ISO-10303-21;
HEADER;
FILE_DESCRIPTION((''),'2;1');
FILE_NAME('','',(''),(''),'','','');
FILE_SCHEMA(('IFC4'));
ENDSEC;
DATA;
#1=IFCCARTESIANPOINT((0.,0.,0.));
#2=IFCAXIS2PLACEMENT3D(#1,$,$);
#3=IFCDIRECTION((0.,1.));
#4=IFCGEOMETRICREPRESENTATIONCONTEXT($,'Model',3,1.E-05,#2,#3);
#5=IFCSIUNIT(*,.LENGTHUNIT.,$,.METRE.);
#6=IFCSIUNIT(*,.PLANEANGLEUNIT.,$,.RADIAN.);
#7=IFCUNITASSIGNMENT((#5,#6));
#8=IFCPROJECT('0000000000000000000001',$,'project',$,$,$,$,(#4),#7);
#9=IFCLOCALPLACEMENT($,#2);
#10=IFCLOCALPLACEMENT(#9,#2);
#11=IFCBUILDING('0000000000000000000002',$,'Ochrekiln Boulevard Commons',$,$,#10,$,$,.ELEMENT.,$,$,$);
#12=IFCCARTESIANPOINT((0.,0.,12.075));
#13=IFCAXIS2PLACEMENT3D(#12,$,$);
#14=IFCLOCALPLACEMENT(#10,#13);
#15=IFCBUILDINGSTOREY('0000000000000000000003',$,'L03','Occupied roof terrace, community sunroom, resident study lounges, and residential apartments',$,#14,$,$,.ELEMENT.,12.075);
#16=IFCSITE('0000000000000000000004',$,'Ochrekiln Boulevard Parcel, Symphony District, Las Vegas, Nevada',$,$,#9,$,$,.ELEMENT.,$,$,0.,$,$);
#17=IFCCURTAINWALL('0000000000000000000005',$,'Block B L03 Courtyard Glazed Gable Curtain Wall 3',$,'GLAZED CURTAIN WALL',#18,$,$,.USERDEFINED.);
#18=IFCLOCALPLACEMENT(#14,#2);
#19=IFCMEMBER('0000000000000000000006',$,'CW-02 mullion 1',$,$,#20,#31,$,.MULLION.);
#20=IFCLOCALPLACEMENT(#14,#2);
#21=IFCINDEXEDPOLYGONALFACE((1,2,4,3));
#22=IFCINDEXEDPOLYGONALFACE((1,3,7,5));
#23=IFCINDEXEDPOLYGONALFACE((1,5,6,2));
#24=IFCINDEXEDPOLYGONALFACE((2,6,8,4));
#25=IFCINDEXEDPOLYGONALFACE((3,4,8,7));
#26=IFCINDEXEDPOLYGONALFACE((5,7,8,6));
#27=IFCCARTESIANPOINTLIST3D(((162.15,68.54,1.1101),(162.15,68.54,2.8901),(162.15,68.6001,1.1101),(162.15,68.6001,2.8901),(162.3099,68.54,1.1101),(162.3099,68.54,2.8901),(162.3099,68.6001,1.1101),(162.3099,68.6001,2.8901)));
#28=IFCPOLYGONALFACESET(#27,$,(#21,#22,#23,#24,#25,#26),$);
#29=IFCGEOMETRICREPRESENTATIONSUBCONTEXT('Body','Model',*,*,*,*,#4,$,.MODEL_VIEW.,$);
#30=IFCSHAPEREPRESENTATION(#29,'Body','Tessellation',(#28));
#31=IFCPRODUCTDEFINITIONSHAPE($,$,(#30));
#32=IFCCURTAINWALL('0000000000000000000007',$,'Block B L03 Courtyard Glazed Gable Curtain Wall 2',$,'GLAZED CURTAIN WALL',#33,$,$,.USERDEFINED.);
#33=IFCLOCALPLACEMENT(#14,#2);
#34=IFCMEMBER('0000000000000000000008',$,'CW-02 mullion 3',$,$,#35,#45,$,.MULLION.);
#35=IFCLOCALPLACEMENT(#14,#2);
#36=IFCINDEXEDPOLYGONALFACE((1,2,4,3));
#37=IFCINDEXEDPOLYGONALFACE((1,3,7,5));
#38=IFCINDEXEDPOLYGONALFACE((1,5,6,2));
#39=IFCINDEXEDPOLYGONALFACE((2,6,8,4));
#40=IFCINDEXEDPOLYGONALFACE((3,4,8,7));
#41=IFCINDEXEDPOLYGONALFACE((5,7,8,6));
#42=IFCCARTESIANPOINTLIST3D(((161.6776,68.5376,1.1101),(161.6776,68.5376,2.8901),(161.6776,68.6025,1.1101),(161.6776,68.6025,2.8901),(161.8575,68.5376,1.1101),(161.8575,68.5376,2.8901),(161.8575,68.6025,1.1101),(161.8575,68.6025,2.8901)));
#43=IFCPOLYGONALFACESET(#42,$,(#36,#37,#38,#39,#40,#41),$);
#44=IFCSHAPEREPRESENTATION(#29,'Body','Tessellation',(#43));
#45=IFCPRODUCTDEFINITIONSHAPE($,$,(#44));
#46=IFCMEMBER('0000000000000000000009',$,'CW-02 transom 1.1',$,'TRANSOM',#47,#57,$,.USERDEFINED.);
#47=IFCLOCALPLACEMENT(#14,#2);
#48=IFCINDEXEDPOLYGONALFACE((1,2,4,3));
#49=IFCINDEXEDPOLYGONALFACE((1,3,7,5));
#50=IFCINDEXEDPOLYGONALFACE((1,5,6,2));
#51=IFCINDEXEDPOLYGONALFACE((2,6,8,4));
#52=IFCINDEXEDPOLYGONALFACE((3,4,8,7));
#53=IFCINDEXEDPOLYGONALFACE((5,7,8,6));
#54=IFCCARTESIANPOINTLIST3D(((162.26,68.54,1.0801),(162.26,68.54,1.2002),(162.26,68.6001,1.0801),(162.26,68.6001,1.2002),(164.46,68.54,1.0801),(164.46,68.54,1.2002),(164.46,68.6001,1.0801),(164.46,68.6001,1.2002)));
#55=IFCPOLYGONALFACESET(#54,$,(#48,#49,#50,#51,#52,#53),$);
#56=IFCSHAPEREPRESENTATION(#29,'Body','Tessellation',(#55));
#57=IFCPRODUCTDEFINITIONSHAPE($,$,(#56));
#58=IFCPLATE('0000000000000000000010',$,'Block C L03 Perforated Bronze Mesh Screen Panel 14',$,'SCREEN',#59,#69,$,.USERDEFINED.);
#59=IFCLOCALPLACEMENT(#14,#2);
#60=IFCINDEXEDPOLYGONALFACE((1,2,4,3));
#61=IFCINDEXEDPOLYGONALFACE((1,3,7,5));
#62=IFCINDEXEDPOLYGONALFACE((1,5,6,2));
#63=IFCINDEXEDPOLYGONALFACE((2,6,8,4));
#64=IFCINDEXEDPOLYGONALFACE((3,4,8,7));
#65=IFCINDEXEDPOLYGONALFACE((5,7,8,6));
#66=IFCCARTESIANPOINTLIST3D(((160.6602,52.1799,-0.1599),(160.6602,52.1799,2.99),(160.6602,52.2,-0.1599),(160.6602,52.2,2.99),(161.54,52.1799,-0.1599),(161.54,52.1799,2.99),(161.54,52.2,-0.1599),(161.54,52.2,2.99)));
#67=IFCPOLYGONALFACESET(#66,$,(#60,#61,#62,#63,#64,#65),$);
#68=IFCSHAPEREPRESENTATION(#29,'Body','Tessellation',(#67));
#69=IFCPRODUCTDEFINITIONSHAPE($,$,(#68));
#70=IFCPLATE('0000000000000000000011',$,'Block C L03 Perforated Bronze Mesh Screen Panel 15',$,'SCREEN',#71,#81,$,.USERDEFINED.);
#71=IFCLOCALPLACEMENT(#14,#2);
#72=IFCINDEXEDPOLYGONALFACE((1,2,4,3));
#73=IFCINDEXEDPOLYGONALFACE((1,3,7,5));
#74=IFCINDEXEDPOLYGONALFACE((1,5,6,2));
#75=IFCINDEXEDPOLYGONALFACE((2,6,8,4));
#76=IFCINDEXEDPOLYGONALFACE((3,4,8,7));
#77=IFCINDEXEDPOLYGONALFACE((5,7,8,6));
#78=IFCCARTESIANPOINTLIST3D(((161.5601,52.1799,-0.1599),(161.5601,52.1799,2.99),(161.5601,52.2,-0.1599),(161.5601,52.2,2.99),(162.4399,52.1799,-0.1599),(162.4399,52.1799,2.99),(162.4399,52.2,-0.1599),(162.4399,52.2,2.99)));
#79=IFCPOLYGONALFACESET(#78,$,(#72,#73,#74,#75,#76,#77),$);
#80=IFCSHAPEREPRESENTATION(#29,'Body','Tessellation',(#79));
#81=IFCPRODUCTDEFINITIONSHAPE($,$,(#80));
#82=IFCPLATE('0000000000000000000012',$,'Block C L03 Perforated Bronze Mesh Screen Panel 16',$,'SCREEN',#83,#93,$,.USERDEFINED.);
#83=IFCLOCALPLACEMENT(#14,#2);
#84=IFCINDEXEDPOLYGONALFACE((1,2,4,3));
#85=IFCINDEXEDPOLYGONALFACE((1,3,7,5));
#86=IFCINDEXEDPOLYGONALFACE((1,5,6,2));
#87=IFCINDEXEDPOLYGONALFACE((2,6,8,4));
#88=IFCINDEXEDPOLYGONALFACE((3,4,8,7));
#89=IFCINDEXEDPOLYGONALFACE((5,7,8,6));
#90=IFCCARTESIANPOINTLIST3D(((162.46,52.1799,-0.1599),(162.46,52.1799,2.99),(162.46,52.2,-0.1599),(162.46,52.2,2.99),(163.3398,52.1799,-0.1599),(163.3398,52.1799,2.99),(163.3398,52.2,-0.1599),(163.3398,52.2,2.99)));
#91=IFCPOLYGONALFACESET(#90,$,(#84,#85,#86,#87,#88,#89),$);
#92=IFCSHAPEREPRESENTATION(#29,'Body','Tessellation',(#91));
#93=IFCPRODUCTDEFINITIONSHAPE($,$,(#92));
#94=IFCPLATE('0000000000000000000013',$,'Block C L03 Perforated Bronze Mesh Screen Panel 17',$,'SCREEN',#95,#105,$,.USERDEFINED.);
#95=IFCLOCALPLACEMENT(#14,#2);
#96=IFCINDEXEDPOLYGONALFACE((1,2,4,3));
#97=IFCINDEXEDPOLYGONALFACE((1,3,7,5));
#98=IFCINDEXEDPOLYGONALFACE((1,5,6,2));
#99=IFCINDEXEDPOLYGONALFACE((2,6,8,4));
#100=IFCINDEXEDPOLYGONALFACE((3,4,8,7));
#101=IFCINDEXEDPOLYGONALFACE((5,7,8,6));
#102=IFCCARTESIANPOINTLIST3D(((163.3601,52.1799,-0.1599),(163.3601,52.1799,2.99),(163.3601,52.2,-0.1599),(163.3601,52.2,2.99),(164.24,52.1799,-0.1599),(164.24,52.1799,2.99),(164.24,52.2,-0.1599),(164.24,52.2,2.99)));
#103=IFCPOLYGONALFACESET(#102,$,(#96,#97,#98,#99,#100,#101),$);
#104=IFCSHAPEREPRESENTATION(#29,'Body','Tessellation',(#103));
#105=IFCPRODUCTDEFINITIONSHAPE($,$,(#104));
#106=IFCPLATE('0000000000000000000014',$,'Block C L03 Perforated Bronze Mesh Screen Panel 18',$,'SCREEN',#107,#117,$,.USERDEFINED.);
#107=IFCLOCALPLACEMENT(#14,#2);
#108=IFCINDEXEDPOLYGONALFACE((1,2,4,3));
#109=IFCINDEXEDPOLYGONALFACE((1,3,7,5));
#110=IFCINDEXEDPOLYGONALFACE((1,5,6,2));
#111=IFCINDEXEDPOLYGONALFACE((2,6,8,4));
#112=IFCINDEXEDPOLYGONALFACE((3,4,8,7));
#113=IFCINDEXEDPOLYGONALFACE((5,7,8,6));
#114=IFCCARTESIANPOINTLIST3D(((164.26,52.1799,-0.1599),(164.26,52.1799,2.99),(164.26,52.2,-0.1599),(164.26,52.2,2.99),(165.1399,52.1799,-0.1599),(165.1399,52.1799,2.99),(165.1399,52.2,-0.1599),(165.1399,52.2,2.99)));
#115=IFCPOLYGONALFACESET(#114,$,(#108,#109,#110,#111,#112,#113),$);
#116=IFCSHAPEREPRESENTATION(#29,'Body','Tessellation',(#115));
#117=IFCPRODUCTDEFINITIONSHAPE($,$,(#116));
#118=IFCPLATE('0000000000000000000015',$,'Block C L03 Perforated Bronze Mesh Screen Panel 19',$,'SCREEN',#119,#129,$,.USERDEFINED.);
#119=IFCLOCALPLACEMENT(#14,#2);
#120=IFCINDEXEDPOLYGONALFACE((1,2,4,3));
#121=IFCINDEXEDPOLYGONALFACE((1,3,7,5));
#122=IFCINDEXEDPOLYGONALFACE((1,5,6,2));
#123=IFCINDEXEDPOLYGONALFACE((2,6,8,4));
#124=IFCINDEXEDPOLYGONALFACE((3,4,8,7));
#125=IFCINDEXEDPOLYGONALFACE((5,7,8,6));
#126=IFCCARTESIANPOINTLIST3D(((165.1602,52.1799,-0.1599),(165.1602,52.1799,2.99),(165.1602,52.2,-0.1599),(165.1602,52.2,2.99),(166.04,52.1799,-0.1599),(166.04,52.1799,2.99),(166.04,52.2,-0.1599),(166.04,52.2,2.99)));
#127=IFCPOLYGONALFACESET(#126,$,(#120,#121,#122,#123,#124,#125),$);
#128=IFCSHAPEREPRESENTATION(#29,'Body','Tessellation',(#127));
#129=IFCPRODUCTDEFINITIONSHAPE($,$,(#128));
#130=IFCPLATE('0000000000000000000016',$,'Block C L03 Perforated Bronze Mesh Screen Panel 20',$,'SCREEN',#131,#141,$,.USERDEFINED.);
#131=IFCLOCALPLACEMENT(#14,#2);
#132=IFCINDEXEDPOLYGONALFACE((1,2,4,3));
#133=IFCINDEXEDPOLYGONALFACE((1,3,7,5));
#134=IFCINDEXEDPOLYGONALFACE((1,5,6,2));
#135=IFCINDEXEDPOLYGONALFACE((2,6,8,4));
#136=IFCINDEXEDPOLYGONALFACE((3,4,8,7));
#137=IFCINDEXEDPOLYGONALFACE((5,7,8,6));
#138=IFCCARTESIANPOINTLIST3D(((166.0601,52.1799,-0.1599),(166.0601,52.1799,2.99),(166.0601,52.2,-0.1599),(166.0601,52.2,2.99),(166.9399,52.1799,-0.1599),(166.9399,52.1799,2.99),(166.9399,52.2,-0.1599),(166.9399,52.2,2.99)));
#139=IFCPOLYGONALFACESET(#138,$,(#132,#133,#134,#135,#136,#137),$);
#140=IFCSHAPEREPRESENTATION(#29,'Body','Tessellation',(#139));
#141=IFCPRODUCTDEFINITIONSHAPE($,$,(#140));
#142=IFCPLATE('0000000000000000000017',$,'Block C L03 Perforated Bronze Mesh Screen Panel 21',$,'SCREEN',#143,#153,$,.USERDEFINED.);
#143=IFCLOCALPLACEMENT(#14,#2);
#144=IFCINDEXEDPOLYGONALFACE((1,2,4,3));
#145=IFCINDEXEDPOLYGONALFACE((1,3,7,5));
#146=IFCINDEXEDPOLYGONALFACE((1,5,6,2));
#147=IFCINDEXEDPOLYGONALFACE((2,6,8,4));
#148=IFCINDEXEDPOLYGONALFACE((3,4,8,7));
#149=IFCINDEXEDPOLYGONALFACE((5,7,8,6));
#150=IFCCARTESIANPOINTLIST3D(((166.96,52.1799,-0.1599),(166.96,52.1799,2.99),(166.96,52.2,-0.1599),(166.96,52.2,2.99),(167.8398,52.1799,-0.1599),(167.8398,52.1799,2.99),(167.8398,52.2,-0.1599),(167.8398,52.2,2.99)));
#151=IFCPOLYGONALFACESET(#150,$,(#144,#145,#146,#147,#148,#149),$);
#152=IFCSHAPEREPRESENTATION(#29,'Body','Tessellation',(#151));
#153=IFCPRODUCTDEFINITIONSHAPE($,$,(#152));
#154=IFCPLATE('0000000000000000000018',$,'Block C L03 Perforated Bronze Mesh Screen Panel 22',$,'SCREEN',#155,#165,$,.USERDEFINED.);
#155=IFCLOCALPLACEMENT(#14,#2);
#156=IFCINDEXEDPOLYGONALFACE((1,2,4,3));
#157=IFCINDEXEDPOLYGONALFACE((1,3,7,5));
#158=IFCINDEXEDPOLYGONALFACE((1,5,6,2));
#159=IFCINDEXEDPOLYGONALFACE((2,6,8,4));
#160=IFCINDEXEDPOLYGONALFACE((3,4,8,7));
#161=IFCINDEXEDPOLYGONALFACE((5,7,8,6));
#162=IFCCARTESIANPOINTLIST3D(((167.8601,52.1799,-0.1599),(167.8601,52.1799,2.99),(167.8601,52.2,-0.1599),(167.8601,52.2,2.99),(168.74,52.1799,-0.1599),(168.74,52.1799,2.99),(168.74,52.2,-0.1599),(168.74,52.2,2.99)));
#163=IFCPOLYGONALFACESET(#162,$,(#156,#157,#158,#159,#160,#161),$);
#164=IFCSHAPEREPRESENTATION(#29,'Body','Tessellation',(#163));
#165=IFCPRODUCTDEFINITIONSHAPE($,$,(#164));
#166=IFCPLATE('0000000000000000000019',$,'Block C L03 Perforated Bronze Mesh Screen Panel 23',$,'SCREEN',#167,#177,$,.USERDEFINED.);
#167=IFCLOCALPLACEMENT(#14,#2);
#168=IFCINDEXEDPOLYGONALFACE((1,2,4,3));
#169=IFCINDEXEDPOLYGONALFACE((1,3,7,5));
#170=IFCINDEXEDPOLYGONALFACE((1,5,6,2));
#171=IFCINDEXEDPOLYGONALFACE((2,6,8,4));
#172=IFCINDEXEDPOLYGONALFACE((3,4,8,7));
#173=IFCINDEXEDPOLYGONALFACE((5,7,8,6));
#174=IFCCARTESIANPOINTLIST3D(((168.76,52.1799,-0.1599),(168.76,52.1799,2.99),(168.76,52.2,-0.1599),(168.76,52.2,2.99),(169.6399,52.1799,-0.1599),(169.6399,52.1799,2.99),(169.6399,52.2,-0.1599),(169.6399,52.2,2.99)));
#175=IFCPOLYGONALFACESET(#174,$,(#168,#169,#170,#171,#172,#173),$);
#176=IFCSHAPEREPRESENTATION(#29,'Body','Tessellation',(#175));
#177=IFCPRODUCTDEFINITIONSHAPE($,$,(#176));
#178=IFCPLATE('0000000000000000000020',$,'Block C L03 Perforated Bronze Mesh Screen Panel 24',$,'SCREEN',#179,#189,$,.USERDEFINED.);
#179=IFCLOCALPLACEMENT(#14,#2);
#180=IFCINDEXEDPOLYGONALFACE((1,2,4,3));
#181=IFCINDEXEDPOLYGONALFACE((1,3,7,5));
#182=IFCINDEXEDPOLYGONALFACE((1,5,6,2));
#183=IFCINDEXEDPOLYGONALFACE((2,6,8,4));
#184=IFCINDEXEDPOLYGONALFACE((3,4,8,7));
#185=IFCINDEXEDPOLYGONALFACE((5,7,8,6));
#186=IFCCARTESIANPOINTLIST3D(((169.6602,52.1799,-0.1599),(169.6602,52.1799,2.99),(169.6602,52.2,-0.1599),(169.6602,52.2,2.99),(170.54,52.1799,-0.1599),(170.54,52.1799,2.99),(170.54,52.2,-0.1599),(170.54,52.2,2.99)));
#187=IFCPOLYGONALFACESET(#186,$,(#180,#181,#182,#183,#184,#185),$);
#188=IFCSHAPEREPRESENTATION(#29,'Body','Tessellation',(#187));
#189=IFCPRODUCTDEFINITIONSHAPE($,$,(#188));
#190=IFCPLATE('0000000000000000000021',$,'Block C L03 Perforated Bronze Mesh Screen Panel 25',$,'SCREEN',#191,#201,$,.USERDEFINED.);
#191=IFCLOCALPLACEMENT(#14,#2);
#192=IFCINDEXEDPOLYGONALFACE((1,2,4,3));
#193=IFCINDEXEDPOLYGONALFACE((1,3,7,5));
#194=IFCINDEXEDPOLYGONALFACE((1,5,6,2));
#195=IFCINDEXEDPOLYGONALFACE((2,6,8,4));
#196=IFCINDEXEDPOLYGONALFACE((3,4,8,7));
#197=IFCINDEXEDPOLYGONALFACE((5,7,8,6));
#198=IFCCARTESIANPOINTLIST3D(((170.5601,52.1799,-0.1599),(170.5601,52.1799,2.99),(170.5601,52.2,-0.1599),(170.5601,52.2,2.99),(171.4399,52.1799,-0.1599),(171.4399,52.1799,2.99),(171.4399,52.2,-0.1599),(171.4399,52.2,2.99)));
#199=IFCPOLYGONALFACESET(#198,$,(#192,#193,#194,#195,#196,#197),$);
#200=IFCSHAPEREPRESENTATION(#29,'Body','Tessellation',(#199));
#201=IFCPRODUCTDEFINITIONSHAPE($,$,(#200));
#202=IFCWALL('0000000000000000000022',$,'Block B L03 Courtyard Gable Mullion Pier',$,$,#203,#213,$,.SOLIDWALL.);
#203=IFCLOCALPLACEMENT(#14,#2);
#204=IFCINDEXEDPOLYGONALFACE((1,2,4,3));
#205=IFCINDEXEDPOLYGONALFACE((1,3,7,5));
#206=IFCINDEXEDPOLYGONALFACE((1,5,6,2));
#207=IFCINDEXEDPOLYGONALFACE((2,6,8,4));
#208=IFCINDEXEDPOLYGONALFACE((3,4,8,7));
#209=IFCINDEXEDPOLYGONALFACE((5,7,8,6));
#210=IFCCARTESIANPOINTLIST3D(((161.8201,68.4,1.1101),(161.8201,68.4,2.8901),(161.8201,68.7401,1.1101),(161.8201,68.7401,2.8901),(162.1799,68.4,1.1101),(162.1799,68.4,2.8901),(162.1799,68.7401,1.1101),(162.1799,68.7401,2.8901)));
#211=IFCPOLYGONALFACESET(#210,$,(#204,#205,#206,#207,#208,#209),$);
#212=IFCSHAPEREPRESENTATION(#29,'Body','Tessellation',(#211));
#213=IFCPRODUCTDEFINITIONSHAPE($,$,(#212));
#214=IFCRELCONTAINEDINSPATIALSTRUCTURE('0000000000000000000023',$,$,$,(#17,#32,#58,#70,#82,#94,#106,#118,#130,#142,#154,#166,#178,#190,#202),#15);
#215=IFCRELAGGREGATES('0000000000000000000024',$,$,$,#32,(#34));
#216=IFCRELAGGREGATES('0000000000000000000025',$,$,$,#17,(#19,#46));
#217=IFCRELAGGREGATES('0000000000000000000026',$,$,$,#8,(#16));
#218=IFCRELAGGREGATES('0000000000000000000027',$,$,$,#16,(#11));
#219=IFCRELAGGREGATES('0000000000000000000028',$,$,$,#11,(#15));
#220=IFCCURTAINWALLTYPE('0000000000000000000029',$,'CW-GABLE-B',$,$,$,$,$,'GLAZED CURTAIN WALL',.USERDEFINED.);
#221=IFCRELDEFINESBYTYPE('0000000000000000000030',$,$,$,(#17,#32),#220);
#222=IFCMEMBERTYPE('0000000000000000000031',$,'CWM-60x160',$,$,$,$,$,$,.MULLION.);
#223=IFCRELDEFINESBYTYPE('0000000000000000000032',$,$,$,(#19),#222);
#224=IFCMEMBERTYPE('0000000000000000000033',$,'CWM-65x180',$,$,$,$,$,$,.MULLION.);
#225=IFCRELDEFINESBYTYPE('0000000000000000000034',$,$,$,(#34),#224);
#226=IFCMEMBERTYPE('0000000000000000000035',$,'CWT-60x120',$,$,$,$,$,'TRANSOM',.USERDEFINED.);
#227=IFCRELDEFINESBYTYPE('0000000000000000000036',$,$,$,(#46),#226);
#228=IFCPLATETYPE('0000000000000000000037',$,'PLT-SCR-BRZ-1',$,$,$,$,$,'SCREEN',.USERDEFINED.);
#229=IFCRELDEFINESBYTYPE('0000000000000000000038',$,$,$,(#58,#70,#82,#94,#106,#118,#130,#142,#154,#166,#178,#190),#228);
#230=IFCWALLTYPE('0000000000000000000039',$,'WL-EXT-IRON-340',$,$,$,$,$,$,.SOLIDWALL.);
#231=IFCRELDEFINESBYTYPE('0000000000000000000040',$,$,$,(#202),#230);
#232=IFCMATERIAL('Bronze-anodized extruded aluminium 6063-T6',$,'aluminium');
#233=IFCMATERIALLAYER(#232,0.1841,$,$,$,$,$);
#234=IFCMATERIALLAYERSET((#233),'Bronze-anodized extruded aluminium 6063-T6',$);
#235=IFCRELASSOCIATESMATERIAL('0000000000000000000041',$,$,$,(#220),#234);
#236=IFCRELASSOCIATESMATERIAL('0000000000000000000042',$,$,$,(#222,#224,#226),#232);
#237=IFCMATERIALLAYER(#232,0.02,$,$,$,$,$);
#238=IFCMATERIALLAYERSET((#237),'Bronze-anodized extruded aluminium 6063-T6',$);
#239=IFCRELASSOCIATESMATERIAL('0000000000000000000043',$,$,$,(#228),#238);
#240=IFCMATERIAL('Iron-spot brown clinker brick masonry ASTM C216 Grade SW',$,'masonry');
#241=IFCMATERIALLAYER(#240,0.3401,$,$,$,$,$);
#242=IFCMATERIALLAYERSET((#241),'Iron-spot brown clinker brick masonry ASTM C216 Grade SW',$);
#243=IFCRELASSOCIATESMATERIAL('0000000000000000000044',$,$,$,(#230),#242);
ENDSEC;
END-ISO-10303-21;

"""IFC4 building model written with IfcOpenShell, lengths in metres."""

from ifc_helpers import new_model, si_unit, direction, frame, frame_2d, origin, origin_2d, place, context, subcontext, project, spatial, rectangle, extrude, material, layer, layer_set, material_profile, profile_set, type_object, element, aggregate, save


model = new_model("IFC4")

# Units and contexts
model_context = context("Model", 3, precision=1e-05, world=origin(), true_north=direction((0.0, 1.0)))
body_context = subcontext(model_context, "Body", "Model", "MODEL_VIEW")
ifc_project = project(units=[si_unit("LENGTHUNIT", "METRE"), si_unit("PLANEANGLEUNIT", "RADIAN")], contexts=[model_context])

# Site, building, storey
site_placement = place(None, origin())
site = spatial("IfcSite", under=ifc_project, at=site_placement, Name="Ochrekiln Boulevard Parcel, Symphony District, Las Vegas, Nevada", CompositionType="ELEMENT", RefElevation=0.0)
building_placement = place(site_placement, origin())
building = spatial("IfcBuilding", under=site, at=building_placement, Name="Ochrekiln Boulevard Commons", CompositionType="ELEMENT")
storey_placement = place(building_placement, frame((0.0, 0.0, 12.075)))
storey = spatial("IfcBuildingStorey", under=building, at=storey_placement, Name="L03", Description="Occupied roof terrace, community sunroom, resident study lounges, and residential apartments", CompositionType="ELEMENT", Elevation=12.075)

# Curtain walls, members
ifc_material_1 = material(Name="Bronze-anodized extruded aluminium 6063-T6", Category="aluminium")
ifc_layer_1 = layer(ifc_material_1, 0.1841)
ifc_layer_set_1 = layer_set([ifc_layer_1], Name="Bronze-anodized extruded aluminium 6063-T6")
curtain_wall_type = type_object("IfcCurtainWallType", Name="CW-GABLE-B", ElementType="GLAZED CURTAIN WALL", PredefinedType="USERDEFINED", material=ifc_layer_set_1)
curtain_wall_1_placement = place(storey_placement, origin())
curtain_wall_1 = element("IfcCurtainWall", 1, at=curtain_wall_1_placement, inside=storey, type_object=curtain_wall_type, Name="Block B L03 Courtyard Glazed Gable Curtain Wall 3", ObjectType="GLAZED CURTAIN WALL", PredefinedType="USERDEFINED")
ifc_material_profile_1 = material_profile(ifc_material_1, rectangle(XDim=0.0601, YDim=0.1599, at=origin_2d()), Name="ALU-MUL-60x160")
ifc_profile_set_1 = profile_set([ifc_material_profile_1], Name="Bronze-anodized extruded aluminium 6063-T6")
member_type_1 = type_object("IfcMemberType", Name="CWM-60x160", PredefinedType="MULLION", material=ifc_profile_set_1)
member_1_placement = place(storey_placement, frame((162.23, 68.5701, 1.1101), z_axis=(0.0, 0.0, 1.0), x_axis=(0.0, 1.0, 0.0)))
member_1 = element("IfcMember", 2, at=member_1_placement, type_object=member_type_1, Name="CW-02 mullion 1", PredefinedType="MULLION", context=body_context, shape_type="SweptSolid", body=[
    extrude(rectangle(XDim=0.0601, YDim=0.1599, at=origin_2d()), origin(), (0.0, 0.0, 1.0), 1.78),
])
curtain_wall_2_placement = place(storey_placement, origin())
curtain_wall_2 = element("IfcCurtainWall", 3, at=curtain_wall_2_placement, inside=storey, type_object=curtain_wall_type, Name="Block B L03 Courtyard Glazed Gable Curtain Wall 2", ObjectType="GLAZED CURTAIN WALL", PredefinedType="USERDEFINED")
ifc_material_profile_2 = material_profile(ifc_material_1, rectangle(XDim=0.0649, YDim=0.1799, at=origin_2d()), Name="ALU-MUL-65x180")
ifc_profile_set_2 = profile_set([ifc_material_profile_2], Name="Bronze-anodized extruded aluminium 6063-T6")
member_type_2 = type_object("IfcMemberType", Name="CWM-65x180", PredefinedType="MULLION", material=ifc_profile_set_2)
member_2_placement = place(storey_placement, frame((161.7676, 68.5701, 1.1101), z_axis=(0.0, 0.0, 1.0), x_axis=(0.0, 1.0, 0.0)))
member_2 = element("IfcMember", 4, at=member_2_placement, type_object=member_type_2, Name="CW-02 mullion 3", PredefinedType="MULLION", context=body_context, shape_type="SweptSolid", body=[
    extrude(rectangle(XDim=0.0649, YDim=0.1799, at=origin_2d()), origin(), (0.0, 0.0, 1.0), 1.78),
])
aggregate(curtain_wall_2, [member_2])

# Member
ifc_material_profile_3 = material_profile(ifc_material_1, rectangle(XDim=0.0601, YDim=0.1201, at=origin_2d()), Name="ALU-TRN-60x120")
ifc_profile_set_3 = profile_set([ifc_material_profile_3], Name="Bronze-anodized extruded aluminium 6063-T6")
member_type_3 = type_object("IfcMemberType", Name="CWT-60x120", ElementType="TRANSOM", PredefinedType="USERDEFINED", material=ifc_profile_set_3)
member_3_placement = place(storey_placement, frame((162.26, 68.5701, 1.1401), z_axis=(1.0, 0.0, 0.0), x_axis=(0.0, 1.0, 0.0)))
member_3 = element("IfcMember", 5, at=member_3_placement, type_object=member_type_3, Name="CW-02 transom 1.1", ObjectType="TRANSOM", PredefinedType="USERDEFINED", context=body_context, shape_type="SweptSolid", body=[
    extrude(rectangle(XDim=0.0601, YDim=0.1201, at=origin_2d()), origin(), (0.0, 0.0, 1.0), 2.2),
])
aggregate(curtain_wall_1, [member_1, member_3])

# Plates
ifc_layer_2 = layer(ifc_material_1, 0.02)
ifc_layer_set_2 = layer_set([ifc_layer_2], Name="Bronze-anodized extruded aluminium 6063-T6")
plate_type = type_object("IfcPlateType", Name="PLT-SCR-BRZ-1", ElementType="SCREEN", PredefinedType="USERDEFINED", material=ifc_layer_set_2)
for number, where, z_axis, x_axis, name in (
    (6, (161.1001, 52.1899, -0.1599), (0.0, 0.0, 1.0), (1.0, 0.0, 0.0), "Block C L03 Perforated Bronze Mesh Screen Panel 14"),
    (7, (162.0, 52.1899, -0.1599), (0.0, 0.0, 1.0), (1.0, 0.0, 0.0), "Block C L03 Perforated Bronze Mesh Screen Panel 15"),
    (8, (162.8999, 52.1899, -0.1599), (0.0, 0.0, 1.0), (1.0, 0.0, 0.0), "Block C L03 Perforated Bronze Mesh Screen Panel 16"),
    (9, (163.8, 52.1899, -0.1599), (0.0, 0.0, 1.0), (1.0, 0.0, 0.0), "Block C L03 Perforated Bronze Mesh Screen Panel 17"),
    (10, (164.7, 52.1899, -0.1599), (0.0, 0.0, 1.0), (1.0, 0.0, 0.0), "Block C L03 Perforated Bronze Mesh Screen Panel 18"),
    (11, (165.6001, 52.1899, -0.1599), (0.0, 0.0, 1.0), (1.0, 0.0, 0.0), "Block C L03 Perforated Bronze Mesh Screen Panel 19"),
    (12, (166.5, 52.1899, -0.1599), (0.0, 0.0, 1.0), (1.0, 0.0, 0.0), "Block C L03 Perforated Bronze Mesh Screen Panel 20"),
    (13, (167.3999, 52.1899, -0.1599), (0.0, 0.0, 1.0), (1.0, 0.0, 0.0), "Block C L03 Perforated Bronze Mesh Screen Panel 21"),
    (14, (168.3, 52.1899, -0.1599), (0.0, 0.0, 1.0), (1.0, 0.0, 0.0), "Block C L03 Perforated Bronze Mesh Screen Panel 22"),
    (15, (169.2, 52.1899, -0.1599), (0.0, 0.0, 1.0), (1.0, 0.0, 0.0), "Block C L03 Perforated Bronze Mesh Screen Panel 23"),
    (16, (170.1001, 52.1899, -0.1599), (0.0, 0.0, 1.0), (1.0, 0.0, 0.0), "Block C L03 Perforated Bronze Mesh Screen Panel 24"),
    (17, (171.0, 52.1899, -0.1599), (0.0, 0.0, 1.0), (1.0, 0.0, 0.0), "Block C L03 Perforated Bronze Mesh Screen Panel 25"),
):
    element("IfcPlate", number, at=place(storey_placement, frame(where, z_axis=z_axis, x_axis=x_axis)), inside=storey, type_object=plate_type, Name=name, ObjectType="SCREEN", PredefinedType="USERDEFINED", context=body_context, shape_type="SweptSolid", body=[
        extrude(rectangle(XDim=0.8799, YDim=0.02, at=origin_2d()), origin(), (0.0, 0.0, 1.0), 3.1499),
    ])

# Wall
ifc_material_2 = material(Name="Iron-spot brown clinker brick masonry ASTM C216 Grade SW", Category="masonry")
ifc_layer_3 = layer(ifc_material_2, 0.3401)
ifc_layer_set_3 = layer_set([ifc_layer_3], Name="Iron-spot brown clinker brick masonry ASTM C216 Grade SW")
wall_type = type_object("IfcWallType", Name="WL-EXT-IRON-340", PredefinedType="SOLIDWALL", material=ifc_layer_set_3)
wall_placement = place(storey_placement, frame((161.8201, 68.5701, 1.1101), z_axis=(0.0, 0.0, 1.0), x_axis=(1.0, 0.0, 0.0)))
element("IfcWall", 18, at=wall_placement, inside=storey, type_object=wall_type, Name="Block B L03 Courtyard Gable Mullion Pier", PredefinedType="SOLIDWALL", context=body_context, shape_type="SweptSolid", body=[
    extrude(rectangle(XDim=0.3599, YDim=0.3401, at=frame_2d((0.1799, 0.0))), origin(), (0.0, 0.0, 1.0), 1.78),
])

save(model, "model.ifc")
